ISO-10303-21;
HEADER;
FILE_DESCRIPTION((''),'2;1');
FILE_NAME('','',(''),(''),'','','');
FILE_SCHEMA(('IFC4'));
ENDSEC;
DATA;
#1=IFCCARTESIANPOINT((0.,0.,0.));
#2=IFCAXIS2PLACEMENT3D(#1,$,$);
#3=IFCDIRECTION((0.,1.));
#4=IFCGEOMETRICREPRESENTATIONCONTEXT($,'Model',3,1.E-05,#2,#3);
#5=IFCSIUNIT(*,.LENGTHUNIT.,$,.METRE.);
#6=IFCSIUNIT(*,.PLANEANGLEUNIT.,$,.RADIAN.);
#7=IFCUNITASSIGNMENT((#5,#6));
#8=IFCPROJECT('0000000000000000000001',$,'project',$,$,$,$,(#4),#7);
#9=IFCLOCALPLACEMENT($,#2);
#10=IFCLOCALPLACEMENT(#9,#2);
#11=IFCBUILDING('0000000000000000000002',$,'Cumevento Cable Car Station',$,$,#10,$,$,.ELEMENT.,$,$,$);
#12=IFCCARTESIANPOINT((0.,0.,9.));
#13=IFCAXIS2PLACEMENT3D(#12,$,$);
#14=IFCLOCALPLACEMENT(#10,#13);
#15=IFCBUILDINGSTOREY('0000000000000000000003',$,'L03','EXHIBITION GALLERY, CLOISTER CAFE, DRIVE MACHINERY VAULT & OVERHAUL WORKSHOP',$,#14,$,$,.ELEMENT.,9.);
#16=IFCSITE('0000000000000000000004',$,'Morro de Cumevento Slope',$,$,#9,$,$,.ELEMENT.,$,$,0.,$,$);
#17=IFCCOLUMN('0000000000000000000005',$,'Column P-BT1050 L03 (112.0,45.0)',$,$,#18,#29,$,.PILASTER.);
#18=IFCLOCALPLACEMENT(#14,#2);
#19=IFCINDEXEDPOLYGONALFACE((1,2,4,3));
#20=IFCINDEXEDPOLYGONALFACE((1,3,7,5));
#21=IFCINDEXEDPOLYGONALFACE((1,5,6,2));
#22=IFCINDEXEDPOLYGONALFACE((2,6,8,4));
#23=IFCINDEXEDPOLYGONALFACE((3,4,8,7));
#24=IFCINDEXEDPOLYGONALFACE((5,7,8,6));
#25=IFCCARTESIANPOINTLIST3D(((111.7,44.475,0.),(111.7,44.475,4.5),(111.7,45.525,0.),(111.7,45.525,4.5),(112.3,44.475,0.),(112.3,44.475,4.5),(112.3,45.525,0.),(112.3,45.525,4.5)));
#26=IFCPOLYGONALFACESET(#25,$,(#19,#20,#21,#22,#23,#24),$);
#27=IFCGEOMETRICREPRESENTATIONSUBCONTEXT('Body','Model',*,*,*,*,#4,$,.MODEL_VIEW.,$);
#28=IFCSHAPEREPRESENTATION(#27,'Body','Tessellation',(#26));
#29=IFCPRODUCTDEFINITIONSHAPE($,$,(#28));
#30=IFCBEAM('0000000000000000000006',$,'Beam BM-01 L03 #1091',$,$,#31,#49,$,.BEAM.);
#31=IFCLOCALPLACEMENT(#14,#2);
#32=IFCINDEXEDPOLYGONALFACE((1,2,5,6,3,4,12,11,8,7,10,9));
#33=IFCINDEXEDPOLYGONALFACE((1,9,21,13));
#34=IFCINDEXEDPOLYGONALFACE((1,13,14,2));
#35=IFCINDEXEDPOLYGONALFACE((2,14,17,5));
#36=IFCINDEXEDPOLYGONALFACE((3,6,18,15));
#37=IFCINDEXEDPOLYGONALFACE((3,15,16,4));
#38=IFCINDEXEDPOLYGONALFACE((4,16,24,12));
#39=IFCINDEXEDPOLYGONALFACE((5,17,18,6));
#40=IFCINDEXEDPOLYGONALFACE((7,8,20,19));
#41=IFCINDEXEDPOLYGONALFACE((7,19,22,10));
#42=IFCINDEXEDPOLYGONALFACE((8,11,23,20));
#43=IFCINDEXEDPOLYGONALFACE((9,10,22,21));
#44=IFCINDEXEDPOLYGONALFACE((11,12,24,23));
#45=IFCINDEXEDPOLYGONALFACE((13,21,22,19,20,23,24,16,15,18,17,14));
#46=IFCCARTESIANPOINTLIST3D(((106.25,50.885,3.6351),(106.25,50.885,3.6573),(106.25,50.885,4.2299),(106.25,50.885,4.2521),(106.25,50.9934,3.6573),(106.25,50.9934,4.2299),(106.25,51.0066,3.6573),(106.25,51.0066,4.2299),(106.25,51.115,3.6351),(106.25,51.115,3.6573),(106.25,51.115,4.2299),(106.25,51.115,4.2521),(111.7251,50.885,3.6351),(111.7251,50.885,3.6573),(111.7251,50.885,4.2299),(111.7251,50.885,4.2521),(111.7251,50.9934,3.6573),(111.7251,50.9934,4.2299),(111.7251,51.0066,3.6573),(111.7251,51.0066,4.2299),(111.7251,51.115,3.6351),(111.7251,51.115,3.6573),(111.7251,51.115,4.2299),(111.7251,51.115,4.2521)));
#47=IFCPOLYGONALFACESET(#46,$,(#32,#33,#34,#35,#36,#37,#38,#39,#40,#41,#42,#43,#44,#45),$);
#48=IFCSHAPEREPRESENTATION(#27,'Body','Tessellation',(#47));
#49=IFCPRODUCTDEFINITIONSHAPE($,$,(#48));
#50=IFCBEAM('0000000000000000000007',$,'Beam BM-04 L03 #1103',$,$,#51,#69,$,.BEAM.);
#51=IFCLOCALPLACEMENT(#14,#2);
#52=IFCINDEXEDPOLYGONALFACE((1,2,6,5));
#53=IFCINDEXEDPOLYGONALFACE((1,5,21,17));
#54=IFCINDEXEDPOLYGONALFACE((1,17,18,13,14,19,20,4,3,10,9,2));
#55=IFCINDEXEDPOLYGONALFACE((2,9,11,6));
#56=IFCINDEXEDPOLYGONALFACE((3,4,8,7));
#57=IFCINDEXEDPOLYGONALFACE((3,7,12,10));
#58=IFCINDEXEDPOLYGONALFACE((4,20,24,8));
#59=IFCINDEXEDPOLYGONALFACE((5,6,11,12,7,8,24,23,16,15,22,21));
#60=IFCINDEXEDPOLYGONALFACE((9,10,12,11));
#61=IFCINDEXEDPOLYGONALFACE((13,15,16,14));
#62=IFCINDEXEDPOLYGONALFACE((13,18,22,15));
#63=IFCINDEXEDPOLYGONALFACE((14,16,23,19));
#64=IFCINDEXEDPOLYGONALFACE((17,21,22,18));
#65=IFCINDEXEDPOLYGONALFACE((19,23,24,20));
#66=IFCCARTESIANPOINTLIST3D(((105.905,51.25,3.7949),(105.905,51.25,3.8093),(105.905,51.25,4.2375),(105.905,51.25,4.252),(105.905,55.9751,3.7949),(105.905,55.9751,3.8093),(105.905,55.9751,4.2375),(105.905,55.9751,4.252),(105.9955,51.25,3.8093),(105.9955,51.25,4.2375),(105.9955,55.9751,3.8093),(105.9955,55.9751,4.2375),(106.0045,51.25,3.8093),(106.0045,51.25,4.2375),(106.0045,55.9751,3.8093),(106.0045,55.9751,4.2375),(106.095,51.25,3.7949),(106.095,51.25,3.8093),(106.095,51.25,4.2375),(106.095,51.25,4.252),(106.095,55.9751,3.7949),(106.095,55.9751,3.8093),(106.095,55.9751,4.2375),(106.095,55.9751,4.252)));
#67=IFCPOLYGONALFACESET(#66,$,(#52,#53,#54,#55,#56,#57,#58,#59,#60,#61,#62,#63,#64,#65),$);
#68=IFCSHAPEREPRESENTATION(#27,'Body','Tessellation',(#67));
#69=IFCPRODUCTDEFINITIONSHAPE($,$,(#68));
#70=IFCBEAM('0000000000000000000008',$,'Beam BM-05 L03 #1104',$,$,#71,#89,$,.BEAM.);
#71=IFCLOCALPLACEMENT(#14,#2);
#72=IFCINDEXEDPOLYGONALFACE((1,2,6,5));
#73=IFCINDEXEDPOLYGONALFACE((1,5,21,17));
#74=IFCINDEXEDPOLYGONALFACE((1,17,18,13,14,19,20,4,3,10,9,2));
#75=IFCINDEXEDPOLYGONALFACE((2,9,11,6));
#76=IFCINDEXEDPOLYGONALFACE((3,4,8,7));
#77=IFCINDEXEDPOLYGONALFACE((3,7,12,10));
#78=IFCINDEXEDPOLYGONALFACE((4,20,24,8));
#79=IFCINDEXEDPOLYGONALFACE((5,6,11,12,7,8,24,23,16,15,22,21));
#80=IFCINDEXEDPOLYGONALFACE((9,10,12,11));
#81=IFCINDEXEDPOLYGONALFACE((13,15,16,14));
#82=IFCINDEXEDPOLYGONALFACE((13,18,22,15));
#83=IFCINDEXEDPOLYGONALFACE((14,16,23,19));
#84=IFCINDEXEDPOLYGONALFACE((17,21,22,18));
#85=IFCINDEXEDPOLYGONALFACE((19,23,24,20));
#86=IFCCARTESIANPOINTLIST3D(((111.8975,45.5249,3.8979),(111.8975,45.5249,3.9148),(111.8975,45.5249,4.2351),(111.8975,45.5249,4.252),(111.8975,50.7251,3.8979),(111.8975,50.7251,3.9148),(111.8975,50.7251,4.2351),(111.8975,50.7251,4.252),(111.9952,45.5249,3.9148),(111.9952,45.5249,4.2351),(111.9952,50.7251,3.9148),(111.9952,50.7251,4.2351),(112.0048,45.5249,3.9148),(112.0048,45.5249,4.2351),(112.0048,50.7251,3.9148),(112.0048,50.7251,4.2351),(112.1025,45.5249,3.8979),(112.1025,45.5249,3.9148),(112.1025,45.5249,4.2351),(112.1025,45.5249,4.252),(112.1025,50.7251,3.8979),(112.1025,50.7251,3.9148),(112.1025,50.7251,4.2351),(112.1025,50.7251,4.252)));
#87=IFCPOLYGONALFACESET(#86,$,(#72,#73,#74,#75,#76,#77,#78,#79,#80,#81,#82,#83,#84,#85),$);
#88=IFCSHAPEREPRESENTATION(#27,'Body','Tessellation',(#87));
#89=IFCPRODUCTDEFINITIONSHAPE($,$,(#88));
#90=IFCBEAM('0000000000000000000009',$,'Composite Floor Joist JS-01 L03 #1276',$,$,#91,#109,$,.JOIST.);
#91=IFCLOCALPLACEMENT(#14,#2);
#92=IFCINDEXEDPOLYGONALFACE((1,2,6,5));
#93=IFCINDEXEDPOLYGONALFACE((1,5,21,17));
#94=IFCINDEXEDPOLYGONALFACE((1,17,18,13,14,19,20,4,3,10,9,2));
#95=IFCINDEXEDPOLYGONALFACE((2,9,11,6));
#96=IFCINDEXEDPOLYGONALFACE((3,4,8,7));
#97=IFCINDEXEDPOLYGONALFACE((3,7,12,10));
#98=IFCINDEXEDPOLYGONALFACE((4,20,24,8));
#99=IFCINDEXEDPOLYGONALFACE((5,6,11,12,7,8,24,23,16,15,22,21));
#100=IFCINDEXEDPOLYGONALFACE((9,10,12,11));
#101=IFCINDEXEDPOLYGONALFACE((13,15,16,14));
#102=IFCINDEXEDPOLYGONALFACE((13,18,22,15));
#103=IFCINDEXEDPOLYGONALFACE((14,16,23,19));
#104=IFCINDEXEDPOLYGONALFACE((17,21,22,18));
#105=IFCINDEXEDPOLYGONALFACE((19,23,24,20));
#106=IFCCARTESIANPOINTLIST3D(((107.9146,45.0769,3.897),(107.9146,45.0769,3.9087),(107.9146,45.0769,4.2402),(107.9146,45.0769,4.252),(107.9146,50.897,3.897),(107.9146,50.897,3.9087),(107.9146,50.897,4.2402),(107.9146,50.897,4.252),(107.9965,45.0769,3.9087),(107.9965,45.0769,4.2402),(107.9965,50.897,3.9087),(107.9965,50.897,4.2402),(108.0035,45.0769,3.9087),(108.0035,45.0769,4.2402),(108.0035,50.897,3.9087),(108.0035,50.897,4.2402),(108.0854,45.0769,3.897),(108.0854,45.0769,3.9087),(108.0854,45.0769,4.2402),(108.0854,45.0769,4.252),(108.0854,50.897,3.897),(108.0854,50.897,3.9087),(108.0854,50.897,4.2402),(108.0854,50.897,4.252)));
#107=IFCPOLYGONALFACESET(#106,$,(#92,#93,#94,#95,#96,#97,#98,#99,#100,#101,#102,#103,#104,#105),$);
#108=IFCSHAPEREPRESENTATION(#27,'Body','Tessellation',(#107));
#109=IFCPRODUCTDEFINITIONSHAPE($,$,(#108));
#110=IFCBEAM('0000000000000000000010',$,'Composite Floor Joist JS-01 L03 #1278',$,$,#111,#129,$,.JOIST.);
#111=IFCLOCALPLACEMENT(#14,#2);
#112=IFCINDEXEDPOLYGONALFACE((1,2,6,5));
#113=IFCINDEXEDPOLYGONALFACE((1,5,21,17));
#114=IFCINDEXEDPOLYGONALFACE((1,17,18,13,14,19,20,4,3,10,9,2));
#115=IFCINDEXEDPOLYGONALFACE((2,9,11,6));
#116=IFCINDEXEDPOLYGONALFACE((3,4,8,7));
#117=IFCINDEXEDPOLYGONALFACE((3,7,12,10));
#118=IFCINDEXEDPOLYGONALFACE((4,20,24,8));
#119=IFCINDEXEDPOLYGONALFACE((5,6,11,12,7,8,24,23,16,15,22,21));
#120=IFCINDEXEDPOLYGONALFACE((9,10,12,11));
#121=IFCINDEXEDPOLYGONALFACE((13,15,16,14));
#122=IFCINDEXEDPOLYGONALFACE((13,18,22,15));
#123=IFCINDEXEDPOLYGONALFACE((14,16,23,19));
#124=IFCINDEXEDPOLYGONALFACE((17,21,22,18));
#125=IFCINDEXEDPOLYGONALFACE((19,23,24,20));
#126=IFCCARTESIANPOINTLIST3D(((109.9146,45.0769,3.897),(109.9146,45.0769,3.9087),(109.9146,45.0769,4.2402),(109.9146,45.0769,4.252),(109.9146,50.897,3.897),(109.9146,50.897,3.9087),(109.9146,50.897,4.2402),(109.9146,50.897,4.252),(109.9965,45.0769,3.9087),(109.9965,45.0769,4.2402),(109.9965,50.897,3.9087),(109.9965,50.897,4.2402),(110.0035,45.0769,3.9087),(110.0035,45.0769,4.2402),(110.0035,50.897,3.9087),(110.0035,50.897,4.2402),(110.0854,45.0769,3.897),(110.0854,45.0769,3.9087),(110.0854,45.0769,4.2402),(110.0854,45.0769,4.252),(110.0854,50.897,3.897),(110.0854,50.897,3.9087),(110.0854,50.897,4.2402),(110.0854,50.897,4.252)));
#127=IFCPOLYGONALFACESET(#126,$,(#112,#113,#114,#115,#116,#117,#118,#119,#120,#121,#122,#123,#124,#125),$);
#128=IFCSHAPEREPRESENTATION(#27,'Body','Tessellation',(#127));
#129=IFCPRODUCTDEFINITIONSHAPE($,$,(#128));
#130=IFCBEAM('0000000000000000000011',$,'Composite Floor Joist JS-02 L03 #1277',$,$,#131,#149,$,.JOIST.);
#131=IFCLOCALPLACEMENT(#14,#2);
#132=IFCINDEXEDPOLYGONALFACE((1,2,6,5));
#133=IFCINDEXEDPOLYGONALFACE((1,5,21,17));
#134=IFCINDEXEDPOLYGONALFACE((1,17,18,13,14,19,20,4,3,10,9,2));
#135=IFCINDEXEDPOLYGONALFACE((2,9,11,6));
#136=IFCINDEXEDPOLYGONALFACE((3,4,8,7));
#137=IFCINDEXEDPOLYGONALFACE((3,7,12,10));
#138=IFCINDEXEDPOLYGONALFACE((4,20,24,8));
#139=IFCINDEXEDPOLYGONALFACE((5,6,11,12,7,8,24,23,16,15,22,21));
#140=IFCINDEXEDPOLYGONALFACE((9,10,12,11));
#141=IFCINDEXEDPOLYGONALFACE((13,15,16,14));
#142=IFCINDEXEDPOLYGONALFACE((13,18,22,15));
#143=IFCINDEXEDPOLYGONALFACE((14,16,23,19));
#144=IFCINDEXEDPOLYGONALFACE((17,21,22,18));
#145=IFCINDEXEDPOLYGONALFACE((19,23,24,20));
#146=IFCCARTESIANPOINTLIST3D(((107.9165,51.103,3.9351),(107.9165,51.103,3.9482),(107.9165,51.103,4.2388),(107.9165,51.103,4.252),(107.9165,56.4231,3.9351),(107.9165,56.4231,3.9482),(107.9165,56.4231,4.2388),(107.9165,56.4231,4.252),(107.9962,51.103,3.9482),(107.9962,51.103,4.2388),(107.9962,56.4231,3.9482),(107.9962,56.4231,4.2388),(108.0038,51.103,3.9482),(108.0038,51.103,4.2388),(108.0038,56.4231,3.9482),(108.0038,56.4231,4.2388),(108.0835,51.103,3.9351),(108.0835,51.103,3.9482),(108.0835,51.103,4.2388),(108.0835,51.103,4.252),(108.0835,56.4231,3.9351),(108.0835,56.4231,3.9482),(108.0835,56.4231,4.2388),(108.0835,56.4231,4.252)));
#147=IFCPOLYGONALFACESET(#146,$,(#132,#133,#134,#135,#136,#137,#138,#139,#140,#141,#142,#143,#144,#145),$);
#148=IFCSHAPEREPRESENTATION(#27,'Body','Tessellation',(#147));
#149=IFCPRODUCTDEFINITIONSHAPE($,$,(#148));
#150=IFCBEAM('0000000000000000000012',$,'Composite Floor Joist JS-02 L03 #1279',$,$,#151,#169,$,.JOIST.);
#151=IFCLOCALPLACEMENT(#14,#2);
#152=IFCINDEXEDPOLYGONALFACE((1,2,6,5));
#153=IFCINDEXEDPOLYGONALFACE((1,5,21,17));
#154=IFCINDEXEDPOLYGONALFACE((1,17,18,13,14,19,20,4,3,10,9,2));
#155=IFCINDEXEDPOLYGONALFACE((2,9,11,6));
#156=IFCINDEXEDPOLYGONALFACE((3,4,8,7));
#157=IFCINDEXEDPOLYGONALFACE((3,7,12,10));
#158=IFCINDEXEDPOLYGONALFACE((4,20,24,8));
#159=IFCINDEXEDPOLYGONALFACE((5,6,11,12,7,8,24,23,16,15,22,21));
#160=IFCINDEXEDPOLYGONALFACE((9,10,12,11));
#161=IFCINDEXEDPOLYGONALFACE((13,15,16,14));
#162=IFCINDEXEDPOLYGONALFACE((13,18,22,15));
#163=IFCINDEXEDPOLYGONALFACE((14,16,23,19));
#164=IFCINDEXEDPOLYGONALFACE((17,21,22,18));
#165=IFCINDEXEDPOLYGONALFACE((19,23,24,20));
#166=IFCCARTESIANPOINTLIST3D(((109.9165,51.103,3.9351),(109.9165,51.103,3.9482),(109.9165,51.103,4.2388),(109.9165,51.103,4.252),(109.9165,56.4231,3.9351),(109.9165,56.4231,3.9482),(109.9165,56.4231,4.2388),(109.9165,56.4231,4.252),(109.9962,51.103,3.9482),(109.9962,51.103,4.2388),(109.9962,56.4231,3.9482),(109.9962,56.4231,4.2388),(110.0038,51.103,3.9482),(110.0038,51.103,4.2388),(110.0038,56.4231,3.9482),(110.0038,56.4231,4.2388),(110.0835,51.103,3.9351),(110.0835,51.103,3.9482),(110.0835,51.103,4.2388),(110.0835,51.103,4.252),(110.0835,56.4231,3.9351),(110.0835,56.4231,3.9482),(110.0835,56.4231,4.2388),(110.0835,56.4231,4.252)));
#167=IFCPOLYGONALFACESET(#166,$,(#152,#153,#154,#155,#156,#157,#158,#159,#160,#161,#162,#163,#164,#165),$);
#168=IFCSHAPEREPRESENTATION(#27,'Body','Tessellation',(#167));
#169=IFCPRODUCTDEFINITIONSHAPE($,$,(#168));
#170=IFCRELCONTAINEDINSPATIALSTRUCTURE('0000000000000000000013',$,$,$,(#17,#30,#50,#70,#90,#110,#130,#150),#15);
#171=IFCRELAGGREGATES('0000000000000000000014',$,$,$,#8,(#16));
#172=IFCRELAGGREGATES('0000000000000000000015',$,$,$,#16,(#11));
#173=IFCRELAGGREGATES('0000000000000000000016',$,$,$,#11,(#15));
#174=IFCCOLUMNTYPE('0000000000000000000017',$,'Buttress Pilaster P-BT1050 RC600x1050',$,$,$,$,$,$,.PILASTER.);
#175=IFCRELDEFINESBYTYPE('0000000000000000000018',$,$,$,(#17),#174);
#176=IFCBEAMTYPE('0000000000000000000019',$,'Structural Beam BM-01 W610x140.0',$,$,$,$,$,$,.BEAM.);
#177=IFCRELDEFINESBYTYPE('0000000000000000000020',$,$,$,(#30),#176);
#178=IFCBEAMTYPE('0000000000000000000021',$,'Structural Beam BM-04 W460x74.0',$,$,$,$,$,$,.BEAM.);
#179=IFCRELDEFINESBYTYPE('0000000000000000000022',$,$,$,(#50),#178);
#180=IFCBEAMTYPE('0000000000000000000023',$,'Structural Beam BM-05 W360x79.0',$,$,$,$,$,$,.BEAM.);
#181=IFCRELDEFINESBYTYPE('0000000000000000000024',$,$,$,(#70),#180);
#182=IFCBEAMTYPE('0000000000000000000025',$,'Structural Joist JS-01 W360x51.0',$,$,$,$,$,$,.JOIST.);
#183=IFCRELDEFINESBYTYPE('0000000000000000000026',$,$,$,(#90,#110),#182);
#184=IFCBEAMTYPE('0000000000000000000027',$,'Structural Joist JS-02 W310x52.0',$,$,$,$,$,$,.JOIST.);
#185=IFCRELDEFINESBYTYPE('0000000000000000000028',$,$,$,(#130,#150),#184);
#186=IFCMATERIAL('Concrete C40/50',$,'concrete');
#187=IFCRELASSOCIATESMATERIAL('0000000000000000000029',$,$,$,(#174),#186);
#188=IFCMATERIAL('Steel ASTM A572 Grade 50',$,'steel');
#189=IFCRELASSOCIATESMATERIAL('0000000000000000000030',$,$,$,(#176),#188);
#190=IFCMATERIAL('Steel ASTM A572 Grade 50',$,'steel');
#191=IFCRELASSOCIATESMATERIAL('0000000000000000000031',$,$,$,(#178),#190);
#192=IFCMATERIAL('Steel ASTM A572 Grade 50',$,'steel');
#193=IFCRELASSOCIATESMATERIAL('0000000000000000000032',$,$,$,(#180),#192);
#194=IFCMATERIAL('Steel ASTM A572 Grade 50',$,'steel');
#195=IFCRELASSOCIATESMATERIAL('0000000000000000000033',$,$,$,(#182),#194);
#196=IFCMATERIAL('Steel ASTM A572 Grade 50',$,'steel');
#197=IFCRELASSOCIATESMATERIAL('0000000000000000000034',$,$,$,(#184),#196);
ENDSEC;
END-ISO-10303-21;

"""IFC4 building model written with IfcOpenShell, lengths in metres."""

from ifc_helpers import new_model, si_unit, direction, frame, origin, origin_2d, place, context, subcontext, project, spatial, rectangle, i_section, extrude, material, material_profile, profile_set, type_object, element, save


model = new_model("IFC4")

# Units and contexts
model_context = context("Model", 3, precision=1e-05, world=origin(), true_north=direction((0.0, 1.0)))
body_context = subcontext(model_context, "Body", "Model", "MODEL_VIEW")
ifc_project = project(units=[si_unit("LENGTHUNIT", "METRE"), si_unit("PLANEANGLEUNIT", "RADIAN")], contexts=[model_context])

# Site, building, storey
site_placement = place(None, origin())
site = spatial("IfcSite", under=ifc_project, at=site_placement, Name="Morro de Cumevento Slope", CompositionType="ELEMENT", RefElevation=0.0)
building_placement = place(site_placement, origin())
building = spatial("IfcBuilding", under=site, at=building_placement, Name="Cumevento Cable Car Station", CompositionType="ELEMENT")
storey_placement = place(building_placement, frame((0.0, 0.0, 9.0)))
storey = spatial("IfcBuildingStorey", under=building, at=storey_placement, Name="L03", Description="EXHIBITION GALLERY, CLOISTER CAFE, DRIVE MACHINERY VAULT & OVERHAUL WORKSHOP", CompositionType="ELEMENT", Elevation=9.0)

# Column
ifc_material_1 = material(Name="Concrete C40/50", Category="concrete")
ifc_material_profile_1 = material_profile(ifc_material_1, rectangle(XDim=0.6001, YDim=1.05, at=origin_2d()), Name="RC600x1050")
ifc_profile_set_1 = profile_set([ifc_material_profile_1], Name="Concrete C40/50")
column_type = type_object("IfcColumnType", Name="Buttress Pilaster P-BT1050 RC600x1050", PredefinedType="PILASTER", material=ifc_profile_set_1)
column_placement = place(storey_placement, frame((112.0, 45.0, 0.0), z_axis=(0.0, 0.0, 1.0), x_axis=(1.0, 0.0, 0.0)))
element("IfcColumn", 1, at=column_placement, inside=storey, type_object=column_type, Name="Column P-BT1050 L03 (112.0,45.0)", PredefinedType="PILASTER", context=body_context, shape_type="SweptSolid", body=[
    extrude(rectangle(XDim=0.6001, YDim=1.05, at=origin_2d()), origin(), (0.0, 0.0, 1.0), 4.5),
])

# Beams
ifc_material_2 = material(Name="Steel ASTM A572 Grade 50", Category="steel")
ifc_material_profile_2 = material_profile(ifc_material_2, i_section(OverallWidth=0.23, OverallDepth=0.6169, WebThickness=0.0132, FlangeThickness=0.0222, at=origin_2d()), Name="W610x140.0")
ifc_profile_set_2 = profile_set([ifc_material_profile_2], Name="Steel ASTM A572 Grade 50")
beam_type_1 = type_object("IfcBeamType", Name="Structural Beam BM-01 W610x140.0", PredefinedType="BEAM", material=ifc_profile_set_2)
beam_1_placement = place(storey_placement, frame((106.25, 51.0, 3.9436), z_axis=(1.0, 0.0, 0.0), x_axis=(0.0, 1.0, 0.0)))
element("IfcBeam", 2, at=beam_1_placement, inside=storey, type_object=beam_type_1, Name="Beam BM-01 L03 #1091", PredefinedType="BEAM", context=body_context, shape_type="SweptSolid", body=[
    extrude(i_section(OverallWidth=0.23, OverallDepth=0.6169, WebThickness=0.0132, FlangeThickness=0.0222, at=origin_2d()), origin(), (0.0, 0.0, 1.0), 5.4751),
])
ifc_material_3 = material(Name="Steel ASTM A572 Grade 50", Category="steel")
ifc_material_profile_3 = material_profile(ifc_material_3, i_section(OverallWidth=0.1899, OverallDepth=0.457, WebThickness=0.009, FlangeThickness=0.0144, at=origin_2d()), Name="W460x74.0")
ifc_profile_set_3 = profile_set([ifc_material_profile_3], Name="Steel ASTM A572 Grade 50")
beam_type_2 = type_object("IfcBeamType", Name="Structural Beam BM-04 W460x74.0", PredefinedType="BEAM", material=ifc_profile_set_3)
beam_2_placement = place(storey_placement, frame((106.0, 51.25, 4.0234), z_axis=(0.0, 1.0, 0.0), x_axis=(-1.0, 0.0, 0.0)))
element("IfcBeam", 3, at=beam_2_placement, inside=storey, type_object=beam_type_2, Name="Beam BM-04 L03 #1103", PredefinedType="BEAM", context=body_context, shape_type="SweptSolid", body=[
    extrude(i_section(OverallWidth=0.1899, OverallDepth=0.457, WebThickness=0.009, FlangeThickness=0.0144, at=origin_2d()), origin(), (0.0, 0.0, 1.0), 4.7251),
])
ifc_material_4 = material(Name="Steel ASTM A572 Grade 50", Category="steel")
ifc_material_profile_4 = material_profile(ifc_material_4, i_section(OverallWidth=0.2051, OverallDepth=0.354, WebThickness=0.0095, FlangeThickness=0.0168, at=origin_2d()), Name="W360x79.0")
ifc_profile_set_4 = profile_set([ifc_material_profile_4], Name="Steel ASTM A572 Grade 50")
beam_type_3 = type_object("IfcBeamType", Name="Structural Beam BM-05 W360x79.0", PredefinedType="BEAM", material=ifc_profile_set_4)
beam_3_placement = place(storey_placement, frame((112.0, 45.5249, 4.075), z_axis=(0.0, 1.0, 0.0), x_axis=(-1.0, 0.0, 0.0)))
element("IfcBeam", 4, at=beam_3_placement, inside=storey, type_object=beam_type_3, Name="Beam BM-05 L03 #1104", PredefinedType="BEAM", context=body_context, shape_type="SweptSolid", body=[
    extrude(i_section(OverallWidth=0.2051, OverallDepth=0.354, WebThickness=0.0095, FlangeThickness=0.0168, at=origin_2d()), origin(), (0.0, 0.0, 1.0), 5.2002),
])
ifc_material_5 = material(Name="Steel ASTM A572 Grade 50", Category="steel")
ifc_material_profile_5 = material_profile(ifc_material_5, i_section(OverallWidth=0.1709, OverallDepth=0.355, WebThickness=0.0071, FlangeThickness=0.0117, at=origin_2d()), Name="W360x51.0")
ifc_profile_set_5 = profile_set([ifc_material_profile_5], Name="Steel ASTM A572 Grade 50")
beam_type_4 = type_object("IfcBeamType", Name="Structural Joist JS-01 W360x51.0", PredefinedType="JOIST", material=ifc_profile_set_5)
for number, where, z_axis, x_axis, name in (
    (5, (108.0, 45.0769, 4.0745), (0.0, 1.0, 0.0), (-1.0, 0.0, 0.0), "Composite Floor Joist JS-01 L03 #1276"),
    (6, (110.0, 45.0769, 4.0745), (0.0, 1.0, 0.0), (-1.0, 0.0, 0.0), "Composite Floor Joist JS-01 L03 #1278"),
):
    element("IfcBeam", number, at=place(storey_placement, frame(where, z_axis=z_axis, x_axis=x_axis)), inside=storey, type_object=beam_type_4, Name=name, PredefinedType="JOIST", context=body_context, shape_type="SweptSolid", body=[
        extrude(i_section(OverallWidth=0.1709, OverallDepth=0.355, WebThickness=0.0071, FlangeThickness=0.0117, at=origin_2d()), origin(), (0.0, 0.0, 1.0), 5.8201),
    ])
ifc_material_6 = material(Name="Steel ASTM A572 Grade 50", Category="steel")
ifc_material_profile_6 = material_profile(ifc_material_6, i_section(OverallWidth=0.167, OverallDepth=0.3169, WebThickness=0.0076, FlangeThickness=0.0132, at=origin_2d()), Name="W310x52.0")
ifc_profile_set_6 = profile_set([ifc_material_profile_6], Name="Steel ASTM A572 Grade 50")
beam_type_5 = type_object("IfcBeamType", Name="Structural Joist JS-02 W310x52.0", PredefinedType="JOIST", material=ifc_profile_set_6)
for number, where, z_axis, x_axis, name in (
    (7, (108.0, 51.103, 4.0935), (0.0, 1.0, 0.0), (-1.0, 0.0, 0.0), "Composite Floor Joist JS-02 L03 #1277"),
    (8, (110.0, 51.103, 4.0935), (0.0, 1.0, 0.0), (-1.0, 0.0, 0.0), "Composite Floor Joist JS-02 L03 #1279"),
):
    element("IfcBeam", number, at=place(storey_placement, frame(where, z_axis=z_axis, x_axis=x_axis)), inside=storey, type_object=beam_type_5, Name=name, PredefinedType="JOIST", context=body_context, shape_type="SweptSolid", body=[
        extrude(i_section(OverallWidth=0.167, OverallDepth=0.3169, WebThickness=0.0076, FlangeThickness=0.0132, at=origin_2d()), origin(), (0.0, 0.0, 1.0), 5.3201),
    ])

save(model, "model.ifc")
